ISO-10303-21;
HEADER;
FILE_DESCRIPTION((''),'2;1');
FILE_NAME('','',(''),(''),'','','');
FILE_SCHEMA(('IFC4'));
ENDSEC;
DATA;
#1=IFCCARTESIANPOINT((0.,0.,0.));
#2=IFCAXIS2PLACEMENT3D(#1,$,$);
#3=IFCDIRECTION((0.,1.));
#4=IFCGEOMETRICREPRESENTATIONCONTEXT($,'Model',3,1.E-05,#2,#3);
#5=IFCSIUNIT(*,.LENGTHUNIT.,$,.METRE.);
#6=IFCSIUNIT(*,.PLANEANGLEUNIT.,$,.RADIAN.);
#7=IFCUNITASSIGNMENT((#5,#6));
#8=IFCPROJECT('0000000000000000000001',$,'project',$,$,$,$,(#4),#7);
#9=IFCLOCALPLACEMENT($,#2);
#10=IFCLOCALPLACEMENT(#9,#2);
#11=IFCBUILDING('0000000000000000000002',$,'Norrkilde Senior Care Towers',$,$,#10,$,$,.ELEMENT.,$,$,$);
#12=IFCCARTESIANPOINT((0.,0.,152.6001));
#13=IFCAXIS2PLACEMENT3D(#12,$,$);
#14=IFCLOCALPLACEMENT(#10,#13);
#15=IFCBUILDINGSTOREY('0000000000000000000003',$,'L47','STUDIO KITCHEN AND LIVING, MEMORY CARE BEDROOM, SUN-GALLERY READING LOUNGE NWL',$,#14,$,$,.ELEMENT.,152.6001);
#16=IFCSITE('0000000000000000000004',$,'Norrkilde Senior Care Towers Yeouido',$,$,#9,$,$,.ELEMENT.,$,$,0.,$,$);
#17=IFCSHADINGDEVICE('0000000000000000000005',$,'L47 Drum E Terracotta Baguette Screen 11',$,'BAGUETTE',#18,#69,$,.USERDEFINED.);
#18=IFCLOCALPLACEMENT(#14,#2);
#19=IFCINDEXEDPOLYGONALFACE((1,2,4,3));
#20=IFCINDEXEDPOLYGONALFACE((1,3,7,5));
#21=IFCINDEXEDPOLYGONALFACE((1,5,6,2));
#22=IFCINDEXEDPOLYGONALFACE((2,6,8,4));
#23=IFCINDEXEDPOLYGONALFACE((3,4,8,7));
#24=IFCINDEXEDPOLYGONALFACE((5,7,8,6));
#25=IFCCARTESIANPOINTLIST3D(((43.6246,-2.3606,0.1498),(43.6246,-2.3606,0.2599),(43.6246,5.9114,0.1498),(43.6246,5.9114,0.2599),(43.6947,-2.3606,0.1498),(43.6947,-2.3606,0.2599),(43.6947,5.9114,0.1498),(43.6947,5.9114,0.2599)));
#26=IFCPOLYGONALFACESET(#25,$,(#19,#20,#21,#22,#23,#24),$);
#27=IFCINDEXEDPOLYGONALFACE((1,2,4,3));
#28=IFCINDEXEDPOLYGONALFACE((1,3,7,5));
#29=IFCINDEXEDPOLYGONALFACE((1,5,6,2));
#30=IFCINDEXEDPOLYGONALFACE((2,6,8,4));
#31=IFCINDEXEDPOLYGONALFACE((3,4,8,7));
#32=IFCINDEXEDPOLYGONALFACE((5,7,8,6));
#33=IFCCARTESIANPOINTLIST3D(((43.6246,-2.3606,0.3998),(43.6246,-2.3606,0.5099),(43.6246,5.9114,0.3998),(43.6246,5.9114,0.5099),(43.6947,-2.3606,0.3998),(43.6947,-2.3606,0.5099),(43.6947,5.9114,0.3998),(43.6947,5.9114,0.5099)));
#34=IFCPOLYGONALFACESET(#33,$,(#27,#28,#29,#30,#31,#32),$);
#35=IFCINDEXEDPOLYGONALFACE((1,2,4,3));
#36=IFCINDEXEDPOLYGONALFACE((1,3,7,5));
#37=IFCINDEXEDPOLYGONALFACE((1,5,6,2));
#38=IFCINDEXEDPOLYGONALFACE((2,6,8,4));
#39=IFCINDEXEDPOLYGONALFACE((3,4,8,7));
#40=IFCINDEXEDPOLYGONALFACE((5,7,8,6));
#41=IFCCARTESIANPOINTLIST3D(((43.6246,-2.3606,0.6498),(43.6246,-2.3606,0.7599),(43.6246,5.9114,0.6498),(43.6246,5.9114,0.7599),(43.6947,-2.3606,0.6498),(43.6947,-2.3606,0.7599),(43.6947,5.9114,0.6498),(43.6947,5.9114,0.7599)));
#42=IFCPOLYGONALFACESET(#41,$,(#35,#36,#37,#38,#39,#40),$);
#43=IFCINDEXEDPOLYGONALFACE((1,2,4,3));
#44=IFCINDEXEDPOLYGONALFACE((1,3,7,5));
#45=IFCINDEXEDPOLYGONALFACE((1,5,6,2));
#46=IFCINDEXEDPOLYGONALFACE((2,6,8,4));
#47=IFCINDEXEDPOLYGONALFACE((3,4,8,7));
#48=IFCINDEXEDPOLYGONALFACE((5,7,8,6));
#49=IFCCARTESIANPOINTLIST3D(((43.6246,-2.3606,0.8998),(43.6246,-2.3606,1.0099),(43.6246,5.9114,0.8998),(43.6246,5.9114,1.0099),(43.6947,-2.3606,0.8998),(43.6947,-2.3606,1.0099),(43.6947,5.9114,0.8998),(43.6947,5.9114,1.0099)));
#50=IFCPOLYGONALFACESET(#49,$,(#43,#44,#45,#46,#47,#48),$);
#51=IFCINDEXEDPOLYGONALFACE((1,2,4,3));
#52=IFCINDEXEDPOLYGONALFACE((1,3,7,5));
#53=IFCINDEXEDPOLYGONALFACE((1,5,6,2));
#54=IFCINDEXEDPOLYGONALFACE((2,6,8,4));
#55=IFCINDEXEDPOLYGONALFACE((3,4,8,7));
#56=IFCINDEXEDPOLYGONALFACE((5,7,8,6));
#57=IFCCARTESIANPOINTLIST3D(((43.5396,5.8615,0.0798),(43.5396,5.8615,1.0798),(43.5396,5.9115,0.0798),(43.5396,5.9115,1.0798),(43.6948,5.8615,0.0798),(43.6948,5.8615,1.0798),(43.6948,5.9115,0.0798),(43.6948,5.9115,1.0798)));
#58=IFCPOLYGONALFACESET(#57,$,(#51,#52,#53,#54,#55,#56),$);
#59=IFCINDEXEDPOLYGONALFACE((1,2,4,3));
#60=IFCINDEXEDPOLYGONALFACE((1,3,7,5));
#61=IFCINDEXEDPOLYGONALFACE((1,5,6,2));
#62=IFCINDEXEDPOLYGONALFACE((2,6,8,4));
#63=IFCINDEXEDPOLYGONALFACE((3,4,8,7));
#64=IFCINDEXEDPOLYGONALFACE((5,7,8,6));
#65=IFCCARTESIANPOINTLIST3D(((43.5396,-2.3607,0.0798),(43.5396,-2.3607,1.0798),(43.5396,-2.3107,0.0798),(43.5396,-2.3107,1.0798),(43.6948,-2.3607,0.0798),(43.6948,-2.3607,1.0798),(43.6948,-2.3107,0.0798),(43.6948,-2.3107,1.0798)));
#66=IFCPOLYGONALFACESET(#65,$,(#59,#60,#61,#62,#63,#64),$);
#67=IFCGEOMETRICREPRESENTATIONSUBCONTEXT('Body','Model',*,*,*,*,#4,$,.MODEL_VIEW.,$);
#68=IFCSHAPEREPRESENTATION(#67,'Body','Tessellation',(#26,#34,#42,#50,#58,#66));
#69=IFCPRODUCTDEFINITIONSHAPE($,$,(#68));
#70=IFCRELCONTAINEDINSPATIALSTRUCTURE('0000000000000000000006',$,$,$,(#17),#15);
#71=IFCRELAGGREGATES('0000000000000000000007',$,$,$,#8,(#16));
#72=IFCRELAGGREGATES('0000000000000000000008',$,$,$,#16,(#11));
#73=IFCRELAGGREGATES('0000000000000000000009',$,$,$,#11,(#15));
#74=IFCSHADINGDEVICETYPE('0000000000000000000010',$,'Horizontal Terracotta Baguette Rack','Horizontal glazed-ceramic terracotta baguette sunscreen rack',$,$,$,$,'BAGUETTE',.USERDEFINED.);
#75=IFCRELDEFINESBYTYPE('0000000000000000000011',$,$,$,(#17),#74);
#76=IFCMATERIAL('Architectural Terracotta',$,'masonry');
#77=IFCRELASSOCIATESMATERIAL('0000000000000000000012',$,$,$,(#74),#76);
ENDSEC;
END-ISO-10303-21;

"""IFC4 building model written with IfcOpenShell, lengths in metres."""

from ifc_helpers import new_model, si_unit, direction, frame, origin, origin_2d, place, context, subcontext, project, spatial, rectangle, extrude, source, transform, mapped, material, type_object, type_shapes, element, save


model = new_model("IFC4")

# Units and contexts
model_context = context("Model", 3, precision=1e-05, world=origin(), true_north=direction((0.0, 1.0)))
body_context = subcontext(model_context, "Body", "Model", "MODEL_VIEW")
ifc_project = project(units=[si_unit("LENGTHUNIT", "METRE"), si_unit("PLANEANGLEUNIT", "RADIAN")], contexts=[model_context])

# Site, building, storey
site_placement = place(None, origin())
site = spatial("IfcSite", under=ifc_project, at=site_placement, Name="Norrkilde Senior Care Towers Yeouido", CompositionType="ELEMENT", RefElevation=0.0)
building_placement = place(site_placement, origin())
building = spatial("IfcBuilding", under=site, at=building_placement, Name="Norrkilde Senior Care Towers", CompositionType="ELEMENT")
storey_placement = place(building_placement, frame((0.0, 0.0, 152.6001)))
storey = spatial("IfcBuildingStorey", under=building, at=storey_placement, Name="L47", Description="STUDIO KITCHEN AND LIVING, MEMORY CARE BEDROOM, SUN-GALLERY READING LOUNGE NWL", CompositionType="ELEMENT", Elevation=152.6001)

# Shading device
ifc_material_1 = material(Name="Architectural Terracotta", Category="masonry")
shading_device_type = type_object("IfcShadingDeviceType", Name="Horizontal Terracotta Baguette Rack", Description="Horizontal glazed-ceramic terracotta baguette sunscreen rack", ElementType="BAGUETTE", PredefinedType="USERDEFINED", material=ifc_material_1)
shared_shape_1 = source(origin(), body_context, "Body", "SweptSolid", [
    extrude(rectangle(XDim=0.0701, YDim=0.1101, at=origin_2d()), frame((0.0, 0.0901, 0.125), z_axis=(1.0, 0.0, 0.0), x_axis=(0.0, 1.0, 0.0)), (0.0, 0.0, 1.0), 8.272),
    extrude(rectangle(XDim=0.0701, YDim=0.1101, at=origin_2d()), frame((0.0, 0.0901, 0.375), z_axis=(1.0, 0.0, 0.0), x_axis=(0.0, 1.0, 0.0)), (0.0, 0.0, 1.0), 8.272),
    extrude(rectangle(XDim=0.0701, YDim=0.1101, at=origin_2d()), frame((0.0, 0.0901, 0.625), z_axis=(1.0, 0.0, 0.0), x_axis=(0.0, 1.0, 0.0)), (0.0, 0.0, 1.0), 8.272),
    extrude(rectangle(XDim=0.0701, YDim=0.1101, at=origin_2d()), frame((0.0, 0.0901, 0.875), z_axis=(1.0, 0.0, 0.0), x_axis=(0.0, 1.0, 0.0)), (0.0, 0.0, 1.0), 8.272),
    extrude(rectangle(XDim=0.05, YDim=0.1553, at=origin_2d()), frame((0.0249, 0.0476, 0.0)), (0.0, 0.0, 1.0), 1.0),
    extrude(rectangle(XDim=0.05, YDim=0.1553, at=origin_2d()), frame((8.2471, 0.0476, 0.0)), (0.0, 0.0, 1.0), 1.0),
])
type_shapes(shading_device_type, [shared_shape_1])
shading_device_placement = place(storey_placement, frame((43.5696, 5.9114, 0.0798), z_axis=(0.0, 0.0, 1.0), x_axis=(0.0, -1.0, 0.0)))
element("IfcShadingDevice", 1, at=shading_device_placement, inside=storey, type_object=shading_device_type, Name="L47 Drum E Terracotta Baguette Screen 11", ObjectType="BAGUETTE", PredefinedType="USERDEFINED", context=body_context, shape_type="MappedRepresentation", body=[
    mapped(shared_shape_1, transform((0.0, 0.0, 0.0), x_axis=(1.0, 0.0, 0.0), y_axis=(0.0, 1.0, 0.0), z_axis=(0.0, 0.0, 1.0), scale=1.0)),
])

save(model, "model.ifc")
